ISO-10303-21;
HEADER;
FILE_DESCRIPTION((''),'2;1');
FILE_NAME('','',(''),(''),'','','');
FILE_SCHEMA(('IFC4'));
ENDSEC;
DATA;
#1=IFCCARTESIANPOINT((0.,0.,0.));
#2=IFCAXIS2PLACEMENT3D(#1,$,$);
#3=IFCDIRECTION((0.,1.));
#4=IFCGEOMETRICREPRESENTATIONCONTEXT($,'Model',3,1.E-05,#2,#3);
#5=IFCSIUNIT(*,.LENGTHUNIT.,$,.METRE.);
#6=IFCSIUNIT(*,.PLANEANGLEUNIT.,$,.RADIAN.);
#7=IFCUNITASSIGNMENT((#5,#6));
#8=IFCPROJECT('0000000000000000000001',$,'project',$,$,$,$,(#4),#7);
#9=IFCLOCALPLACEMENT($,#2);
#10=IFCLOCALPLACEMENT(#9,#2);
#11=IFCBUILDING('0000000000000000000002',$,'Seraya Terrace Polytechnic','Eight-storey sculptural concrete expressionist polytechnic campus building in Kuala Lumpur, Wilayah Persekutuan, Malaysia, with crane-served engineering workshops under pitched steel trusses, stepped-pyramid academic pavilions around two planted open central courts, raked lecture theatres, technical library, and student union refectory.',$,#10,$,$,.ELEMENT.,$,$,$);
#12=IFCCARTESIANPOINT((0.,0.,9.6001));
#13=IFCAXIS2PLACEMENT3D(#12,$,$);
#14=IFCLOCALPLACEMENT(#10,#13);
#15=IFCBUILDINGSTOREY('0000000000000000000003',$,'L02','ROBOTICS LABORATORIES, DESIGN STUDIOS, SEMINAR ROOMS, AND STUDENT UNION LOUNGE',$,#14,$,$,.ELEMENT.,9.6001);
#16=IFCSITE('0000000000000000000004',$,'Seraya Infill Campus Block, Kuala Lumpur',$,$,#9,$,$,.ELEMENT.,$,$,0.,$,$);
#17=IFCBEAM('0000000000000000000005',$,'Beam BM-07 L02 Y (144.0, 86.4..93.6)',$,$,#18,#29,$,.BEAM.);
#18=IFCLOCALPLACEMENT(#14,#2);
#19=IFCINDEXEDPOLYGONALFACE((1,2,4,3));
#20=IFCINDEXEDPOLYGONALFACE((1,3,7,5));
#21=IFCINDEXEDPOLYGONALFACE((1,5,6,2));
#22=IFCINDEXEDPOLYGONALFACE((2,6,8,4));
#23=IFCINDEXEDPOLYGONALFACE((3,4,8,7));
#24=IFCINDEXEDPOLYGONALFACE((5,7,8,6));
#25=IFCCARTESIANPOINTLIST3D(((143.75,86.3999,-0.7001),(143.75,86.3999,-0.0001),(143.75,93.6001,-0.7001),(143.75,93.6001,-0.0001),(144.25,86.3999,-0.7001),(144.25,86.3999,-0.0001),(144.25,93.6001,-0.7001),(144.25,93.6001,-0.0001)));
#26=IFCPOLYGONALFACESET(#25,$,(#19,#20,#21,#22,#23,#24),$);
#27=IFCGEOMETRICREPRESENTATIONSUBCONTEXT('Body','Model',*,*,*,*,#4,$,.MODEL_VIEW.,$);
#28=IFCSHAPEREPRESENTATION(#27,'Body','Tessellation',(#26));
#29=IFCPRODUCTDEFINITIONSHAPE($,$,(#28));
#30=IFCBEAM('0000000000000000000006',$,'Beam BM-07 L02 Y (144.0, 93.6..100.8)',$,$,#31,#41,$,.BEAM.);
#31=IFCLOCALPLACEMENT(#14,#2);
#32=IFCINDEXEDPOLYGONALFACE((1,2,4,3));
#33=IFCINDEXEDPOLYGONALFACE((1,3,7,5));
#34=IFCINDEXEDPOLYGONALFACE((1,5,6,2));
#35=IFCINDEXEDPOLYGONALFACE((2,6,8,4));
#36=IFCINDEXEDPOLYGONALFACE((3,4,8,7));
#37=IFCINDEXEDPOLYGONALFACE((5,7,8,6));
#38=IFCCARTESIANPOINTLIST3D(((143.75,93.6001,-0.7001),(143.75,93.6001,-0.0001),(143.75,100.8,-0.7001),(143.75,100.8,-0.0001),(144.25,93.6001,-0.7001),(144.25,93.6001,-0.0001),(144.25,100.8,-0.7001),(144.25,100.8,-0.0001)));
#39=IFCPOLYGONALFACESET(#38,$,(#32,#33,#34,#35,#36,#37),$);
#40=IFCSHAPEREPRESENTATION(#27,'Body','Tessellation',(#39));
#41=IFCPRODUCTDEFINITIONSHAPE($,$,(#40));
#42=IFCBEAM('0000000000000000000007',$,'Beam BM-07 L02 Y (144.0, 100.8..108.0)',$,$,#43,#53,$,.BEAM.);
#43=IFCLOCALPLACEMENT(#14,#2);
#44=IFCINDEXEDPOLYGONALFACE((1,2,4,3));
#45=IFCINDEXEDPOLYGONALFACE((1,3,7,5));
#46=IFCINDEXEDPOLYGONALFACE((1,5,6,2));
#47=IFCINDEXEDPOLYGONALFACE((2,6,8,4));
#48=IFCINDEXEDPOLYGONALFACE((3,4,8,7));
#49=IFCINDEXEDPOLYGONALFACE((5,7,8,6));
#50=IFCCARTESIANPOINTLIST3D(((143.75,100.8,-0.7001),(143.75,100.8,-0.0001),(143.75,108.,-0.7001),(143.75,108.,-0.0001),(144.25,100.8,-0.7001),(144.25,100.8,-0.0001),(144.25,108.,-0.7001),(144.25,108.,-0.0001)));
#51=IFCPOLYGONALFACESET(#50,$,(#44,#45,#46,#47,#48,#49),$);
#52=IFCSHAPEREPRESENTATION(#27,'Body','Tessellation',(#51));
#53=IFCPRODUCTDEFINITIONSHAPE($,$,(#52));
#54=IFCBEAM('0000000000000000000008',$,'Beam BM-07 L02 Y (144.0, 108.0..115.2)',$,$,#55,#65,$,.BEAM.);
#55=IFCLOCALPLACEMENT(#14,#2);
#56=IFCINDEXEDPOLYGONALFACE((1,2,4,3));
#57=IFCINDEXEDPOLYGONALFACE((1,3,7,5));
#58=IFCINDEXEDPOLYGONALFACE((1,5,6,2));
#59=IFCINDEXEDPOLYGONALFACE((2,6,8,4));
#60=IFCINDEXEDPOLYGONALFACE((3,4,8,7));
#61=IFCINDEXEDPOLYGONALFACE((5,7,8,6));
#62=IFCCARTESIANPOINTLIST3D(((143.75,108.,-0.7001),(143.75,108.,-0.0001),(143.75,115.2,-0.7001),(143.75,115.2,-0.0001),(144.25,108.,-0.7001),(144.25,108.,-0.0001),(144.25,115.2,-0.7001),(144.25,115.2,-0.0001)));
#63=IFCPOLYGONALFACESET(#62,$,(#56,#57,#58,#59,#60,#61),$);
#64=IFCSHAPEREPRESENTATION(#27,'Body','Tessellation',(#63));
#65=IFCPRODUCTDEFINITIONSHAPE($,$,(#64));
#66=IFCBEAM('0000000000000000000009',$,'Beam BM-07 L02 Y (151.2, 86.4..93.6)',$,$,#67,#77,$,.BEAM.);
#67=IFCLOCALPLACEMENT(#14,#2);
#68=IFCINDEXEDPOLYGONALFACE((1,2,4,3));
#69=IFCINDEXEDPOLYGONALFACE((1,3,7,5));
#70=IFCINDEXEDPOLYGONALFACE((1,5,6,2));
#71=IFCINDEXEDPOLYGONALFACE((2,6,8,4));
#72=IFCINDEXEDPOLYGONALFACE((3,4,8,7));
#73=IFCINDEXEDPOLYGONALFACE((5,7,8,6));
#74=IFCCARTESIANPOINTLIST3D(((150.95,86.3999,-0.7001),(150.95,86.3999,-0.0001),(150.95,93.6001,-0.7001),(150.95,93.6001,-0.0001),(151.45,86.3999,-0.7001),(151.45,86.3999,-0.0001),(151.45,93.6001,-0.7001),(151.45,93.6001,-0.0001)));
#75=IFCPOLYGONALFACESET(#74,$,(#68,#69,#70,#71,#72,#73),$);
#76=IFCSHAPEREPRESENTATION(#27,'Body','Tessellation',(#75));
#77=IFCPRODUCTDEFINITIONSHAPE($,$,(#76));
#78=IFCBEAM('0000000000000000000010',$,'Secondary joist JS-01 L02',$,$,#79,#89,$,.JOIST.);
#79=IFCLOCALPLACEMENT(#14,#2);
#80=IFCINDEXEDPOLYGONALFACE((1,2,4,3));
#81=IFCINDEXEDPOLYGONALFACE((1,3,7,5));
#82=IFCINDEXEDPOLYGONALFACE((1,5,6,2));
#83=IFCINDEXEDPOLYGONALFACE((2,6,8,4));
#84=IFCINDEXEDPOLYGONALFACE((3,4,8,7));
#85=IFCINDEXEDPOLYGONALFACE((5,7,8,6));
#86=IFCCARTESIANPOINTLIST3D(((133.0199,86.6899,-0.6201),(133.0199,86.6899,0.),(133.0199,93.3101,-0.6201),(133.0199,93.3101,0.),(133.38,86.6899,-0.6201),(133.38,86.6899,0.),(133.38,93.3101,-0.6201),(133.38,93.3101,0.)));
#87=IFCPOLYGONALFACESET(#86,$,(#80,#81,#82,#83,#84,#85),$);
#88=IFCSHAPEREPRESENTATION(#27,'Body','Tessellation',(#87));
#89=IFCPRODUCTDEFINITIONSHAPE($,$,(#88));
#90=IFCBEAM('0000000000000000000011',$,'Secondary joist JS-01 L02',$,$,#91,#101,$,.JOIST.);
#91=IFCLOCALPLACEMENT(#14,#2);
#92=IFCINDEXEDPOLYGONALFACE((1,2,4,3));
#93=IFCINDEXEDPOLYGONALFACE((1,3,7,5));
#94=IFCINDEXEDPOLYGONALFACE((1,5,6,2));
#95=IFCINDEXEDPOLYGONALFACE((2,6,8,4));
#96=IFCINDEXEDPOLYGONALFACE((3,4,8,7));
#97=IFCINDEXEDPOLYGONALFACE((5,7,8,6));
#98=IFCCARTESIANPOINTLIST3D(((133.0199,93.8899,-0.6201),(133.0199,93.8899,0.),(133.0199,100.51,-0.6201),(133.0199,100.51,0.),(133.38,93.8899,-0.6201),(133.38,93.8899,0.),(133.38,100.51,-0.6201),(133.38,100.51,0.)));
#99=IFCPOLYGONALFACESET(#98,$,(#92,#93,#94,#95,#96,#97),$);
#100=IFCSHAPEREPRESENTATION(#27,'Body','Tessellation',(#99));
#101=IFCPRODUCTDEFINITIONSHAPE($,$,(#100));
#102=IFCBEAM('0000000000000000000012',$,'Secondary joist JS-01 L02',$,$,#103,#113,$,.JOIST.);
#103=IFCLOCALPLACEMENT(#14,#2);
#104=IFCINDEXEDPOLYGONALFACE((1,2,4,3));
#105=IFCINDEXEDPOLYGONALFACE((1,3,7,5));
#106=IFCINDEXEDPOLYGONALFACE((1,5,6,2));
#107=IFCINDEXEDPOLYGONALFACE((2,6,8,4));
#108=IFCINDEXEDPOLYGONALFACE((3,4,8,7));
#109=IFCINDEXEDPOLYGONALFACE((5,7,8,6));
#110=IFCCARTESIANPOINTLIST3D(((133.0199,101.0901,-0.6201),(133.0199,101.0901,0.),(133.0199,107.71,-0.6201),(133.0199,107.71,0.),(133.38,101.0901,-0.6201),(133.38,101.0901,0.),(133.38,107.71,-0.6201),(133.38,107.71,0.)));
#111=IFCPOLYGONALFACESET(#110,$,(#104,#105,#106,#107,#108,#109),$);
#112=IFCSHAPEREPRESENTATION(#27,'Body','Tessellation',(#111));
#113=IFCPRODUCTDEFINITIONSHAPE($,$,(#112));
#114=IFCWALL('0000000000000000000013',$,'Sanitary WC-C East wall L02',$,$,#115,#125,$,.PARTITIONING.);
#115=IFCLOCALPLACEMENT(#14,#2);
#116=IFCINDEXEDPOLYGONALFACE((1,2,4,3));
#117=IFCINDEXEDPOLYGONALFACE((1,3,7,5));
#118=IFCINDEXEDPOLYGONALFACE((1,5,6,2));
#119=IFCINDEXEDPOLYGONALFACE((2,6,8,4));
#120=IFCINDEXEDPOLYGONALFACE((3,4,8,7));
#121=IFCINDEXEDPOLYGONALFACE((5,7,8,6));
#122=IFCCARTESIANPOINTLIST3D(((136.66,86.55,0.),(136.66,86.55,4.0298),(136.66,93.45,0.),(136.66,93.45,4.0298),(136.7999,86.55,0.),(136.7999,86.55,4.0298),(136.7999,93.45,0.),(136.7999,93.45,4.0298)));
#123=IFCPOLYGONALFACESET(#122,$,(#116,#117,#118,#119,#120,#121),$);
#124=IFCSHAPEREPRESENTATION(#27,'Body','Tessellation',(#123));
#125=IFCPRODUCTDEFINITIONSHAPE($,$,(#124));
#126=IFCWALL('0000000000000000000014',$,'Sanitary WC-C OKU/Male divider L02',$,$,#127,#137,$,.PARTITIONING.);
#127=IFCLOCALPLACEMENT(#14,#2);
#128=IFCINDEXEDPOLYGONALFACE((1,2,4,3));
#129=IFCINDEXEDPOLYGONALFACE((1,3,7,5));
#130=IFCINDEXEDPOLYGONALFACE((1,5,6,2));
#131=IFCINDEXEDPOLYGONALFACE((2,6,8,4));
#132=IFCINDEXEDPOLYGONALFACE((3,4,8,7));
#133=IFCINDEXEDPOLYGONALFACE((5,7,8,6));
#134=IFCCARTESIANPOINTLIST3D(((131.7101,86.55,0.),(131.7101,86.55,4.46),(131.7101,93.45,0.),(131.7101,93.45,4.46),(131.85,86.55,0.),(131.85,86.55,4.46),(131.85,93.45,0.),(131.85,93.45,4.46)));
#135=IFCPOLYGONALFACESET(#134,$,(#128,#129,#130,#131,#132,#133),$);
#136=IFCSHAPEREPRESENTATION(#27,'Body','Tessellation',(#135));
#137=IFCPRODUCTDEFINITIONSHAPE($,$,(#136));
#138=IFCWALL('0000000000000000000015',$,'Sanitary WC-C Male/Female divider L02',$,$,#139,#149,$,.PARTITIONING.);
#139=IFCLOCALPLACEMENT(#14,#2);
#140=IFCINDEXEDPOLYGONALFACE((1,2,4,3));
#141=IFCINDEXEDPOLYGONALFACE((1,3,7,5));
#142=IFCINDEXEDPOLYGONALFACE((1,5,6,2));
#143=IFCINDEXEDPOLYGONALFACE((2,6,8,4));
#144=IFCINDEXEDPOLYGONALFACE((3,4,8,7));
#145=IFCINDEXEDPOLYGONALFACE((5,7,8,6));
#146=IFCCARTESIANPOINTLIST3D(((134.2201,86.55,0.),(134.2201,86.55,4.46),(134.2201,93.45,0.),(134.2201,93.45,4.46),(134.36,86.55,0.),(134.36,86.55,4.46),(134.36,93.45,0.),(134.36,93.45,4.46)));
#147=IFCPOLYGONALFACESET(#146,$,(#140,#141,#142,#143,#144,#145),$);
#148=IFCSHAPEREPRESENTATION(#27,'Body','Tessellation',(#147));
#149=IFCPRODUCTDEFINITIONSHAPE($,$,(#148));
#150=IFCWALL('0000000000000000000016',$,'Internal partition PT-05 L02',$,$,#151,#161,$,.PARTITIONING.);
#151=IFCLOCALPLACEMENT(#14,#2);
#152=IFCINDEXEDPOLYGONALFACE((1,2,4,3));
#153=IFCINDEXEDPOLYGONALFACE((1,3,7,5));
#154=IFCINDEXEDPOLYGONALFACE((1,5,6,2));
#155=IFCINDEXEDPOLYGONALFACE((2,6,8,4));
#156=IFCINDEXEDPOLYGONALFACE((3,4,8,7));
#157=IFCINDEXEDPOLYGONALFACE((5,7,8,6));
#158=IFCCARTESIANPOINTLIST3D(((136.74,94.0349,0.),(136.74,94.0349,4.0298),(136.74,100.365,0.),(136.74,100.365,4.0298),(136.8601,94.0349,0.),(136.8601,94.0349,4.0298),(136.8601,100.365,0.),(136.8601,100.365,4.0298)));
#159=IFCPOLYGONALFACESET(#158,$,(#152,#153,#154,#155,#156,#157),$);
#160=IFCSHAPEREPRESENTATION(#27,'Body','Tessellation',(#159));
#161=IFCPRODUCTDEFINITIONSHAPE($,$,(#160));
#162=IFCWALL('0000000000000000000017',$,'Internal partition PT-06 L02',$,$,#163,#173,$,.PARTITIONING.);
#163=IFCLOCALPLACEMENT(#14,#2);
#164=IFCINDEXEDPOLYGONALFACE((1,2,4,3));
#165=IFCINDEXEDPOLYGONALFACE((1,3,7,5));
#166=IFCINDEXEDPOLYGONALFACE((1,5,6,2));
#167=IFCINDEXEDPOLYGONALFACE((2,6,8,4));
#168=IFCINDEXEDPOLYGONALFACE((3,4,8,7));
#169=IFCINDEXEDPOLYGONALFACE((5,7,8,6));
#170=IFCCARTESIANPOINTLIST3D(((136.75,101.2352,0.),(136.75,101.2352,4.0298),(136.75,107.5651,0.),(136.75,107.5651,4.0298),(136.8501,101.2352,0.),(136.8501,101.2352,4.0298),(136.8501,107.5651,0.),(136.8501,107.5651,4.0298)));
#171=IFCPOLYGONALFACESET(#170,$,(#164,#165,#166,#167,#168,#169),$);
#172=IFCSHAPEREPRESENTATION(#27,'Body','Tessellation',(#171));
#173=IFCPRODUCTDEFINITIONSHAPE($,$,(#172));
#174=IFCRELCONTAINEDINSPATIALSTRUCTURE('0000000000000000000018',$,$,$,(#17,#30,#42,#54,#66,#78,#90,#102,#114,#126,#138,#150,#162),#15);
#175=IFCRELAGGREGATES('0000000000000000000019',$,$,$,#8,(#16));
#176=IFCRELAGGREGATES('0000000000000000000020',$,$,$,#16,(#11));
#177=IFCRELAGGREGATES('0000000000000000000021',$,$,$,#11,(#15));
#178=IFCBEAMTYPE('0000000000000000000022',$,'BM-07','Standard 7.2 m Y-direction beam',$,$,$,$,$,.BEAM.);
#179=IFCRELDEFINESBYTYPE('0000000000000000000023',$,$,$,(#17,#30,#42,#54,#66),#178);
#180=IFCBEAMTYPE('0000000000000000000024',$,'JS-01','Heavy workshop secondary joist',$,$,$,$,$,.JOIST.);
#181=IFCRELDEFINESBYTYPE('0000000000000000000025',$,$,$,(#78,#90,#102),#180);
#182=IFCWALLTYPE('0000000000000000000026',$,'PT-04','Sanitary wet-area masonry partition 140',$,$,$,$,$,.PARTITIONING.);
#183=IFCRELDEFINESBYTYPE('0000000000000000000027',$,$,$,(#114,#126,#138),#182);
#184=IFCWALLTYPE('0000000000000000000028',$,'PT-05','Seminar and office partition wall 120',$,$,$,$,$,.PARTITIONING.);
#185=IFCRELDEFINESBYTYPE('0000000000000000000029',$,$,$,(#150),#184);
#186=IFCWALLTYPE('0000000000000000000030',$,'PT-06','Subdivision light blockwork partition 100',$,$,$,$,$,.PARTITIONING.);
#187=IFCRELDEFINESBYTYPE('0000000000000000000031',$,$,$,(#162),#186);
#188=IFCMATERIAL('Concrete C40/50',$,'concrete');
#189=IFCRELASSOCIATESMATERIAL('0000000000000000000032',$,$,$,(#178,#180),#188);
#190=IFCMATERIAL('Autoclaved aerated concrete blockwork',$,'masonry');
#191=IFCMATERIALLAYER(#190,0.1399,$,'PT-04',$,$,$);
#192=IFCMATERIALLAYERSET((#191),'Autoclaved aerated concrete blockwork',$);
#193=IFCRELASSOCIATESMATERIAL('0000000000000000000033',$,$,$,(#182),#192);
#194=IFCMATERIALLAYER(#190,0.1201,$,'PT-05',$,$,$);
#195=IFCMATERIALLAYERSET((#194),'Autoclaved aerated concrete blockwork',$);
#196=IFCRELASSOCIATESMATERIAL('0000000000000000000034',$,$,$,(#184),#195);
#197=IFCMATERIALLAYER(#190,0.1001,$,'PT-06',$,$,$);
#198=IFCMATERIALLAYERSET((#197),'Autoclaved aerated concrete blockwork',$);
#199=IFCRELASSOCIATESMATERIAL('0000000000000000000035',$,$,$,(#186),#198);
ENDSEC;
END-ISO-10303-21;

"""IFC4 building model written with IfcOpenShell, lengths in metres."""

from ifc_helpers import new_model, si_unit, direction, frame, frame_2d, origin, origin_2d, place, context, subcontext, project, spatial, rectangle, extrude, material, layer, layer_set, material_profile, profile_set, type_object, element, save


model = new_model("IFC4")

# Units and contexts
model_context = context("Model", 3, precision=1e-05, world=origin(), true_north=direction((0.0, 1.0)))
body_context = subcontext(model_context, "Body", "Model", "MODEL_VIEW")
ifc_project = project(units=[si_unit("LENGTHUNIT", "METRE"), si_unit("PLANEANGLEUNIT", "RADIAN")], contexts=[model_context])

# Site, building, storey
site_placement = place(None, origin())
site = spatial("IfcSite", under=ifc_project, at=site_placement, Name="Seraya Infill Campus Block, Kuala Lumpur", CompositionType="ELEMENT", RefElevation=0.0)
building_placement = place(site_placement, origin())
building = spatial("IfcBuilding", under=site, at=building_placement, Name="Seraya Terrace Polytechnic", Description="Eight-storey sculptural concrete expressionist polytechnic campus building in Kuala Lumpur, Wilayah Persekutuan, Malaysia, with crane-served engineering workshops under pitched steel trusses, stepped-pyramid academic pavilions around two planted open central courts, raked lecture theatres, technical library, and student union refectory.", CompositionType="ELEMENT")
storey_placement = place(building_placement, frame((0.0, 0.0, 9.6001)))
storey = spatial("IfcBuildingStorey", under=building, at=storey_placement, Name="L02", Description="ROBOTICS LABORATORIES, DESIGN STUDIOS, SEMINAR ROOMS, AND STUDENT UNION LOUNGE", CompositionType="ELEMENT", Elevation=9.6001)

# Shared definitions
ifc_material_1 = material(Name="Concrete C40/50", Category="concrete")

# Beams
ifc_material_profile_1 = material_profile(ifc_material_1, rectangle(XDim=0.5, YDim=0.7, at=origin_2d()), Name="RC 500x700")
ifc_profile_set_1 = profile_set([ifc_material_profile_1], Name="Concrete C40/50")
beam_type_1 = type_object("IfcBeamType", Name="BM-07", Description="Standard 7.2 m Y-direction beam", PredefinedType="BEAM", material=ifc_profile_set_1)
beam_1_placement = place(storey_placement, frame((144.0, 86.3999, -0.3501), z_axis=(0.0, 1.0, 0.0), x_axis=(-1.0, 0.0, 0.0)))
element("IfcBeam", 1, at=beam_1_placement, inside=storey, type_object=beam_type_1, Name="Beam BM-07 L02 Y (144.0, 86.4..93.6)", PredefinedType="BEAM", context=body_context, shape_type="SweptSolid", body=[
    extrude(rectangle(XDim=0.5, YDim=0.7, at=origin_2d()), origin(), (0.0, 0.0, 1.0), 7.2002),
])
for number, where, z_axis, x_axis, name in (
    (2, (144.0, 93.6001, -0.3501), (0.0, 1.0, 0.0), (-1.0, 0.0, 0.0), "Beam BM-07 L02 Y (144.0, 93.6..100.8)"),
    (3, (144.0, 100.8, -0.3501), (0.0, 1.0, 0.0), (-1.0, 0.0, 0.0), "Beam BM-07 L02 Y (144.0, 100.8..108.0)"),
    (4, (144.0, 108.0, -0.3501), (0.0, 1.0, 0.0), (-1.0, 0.0, 0.0), "Beam BM-07 L02 Y (144.0, 108.0..115.2)"),
):
    element("IfcBeam", number, at=place(storey_placement, frame(where, z_axis=z_axis, x_axis=x_axis)), inside=storey, type_object=beam_type_1, Name=name, PredefinedType="BEAM", context=body_context, shape_type="SweptSolid", body=[
        extrude(rectangle(XDim=0.5, YDim=0.7, at=origin_2d()), origin(), (0.0, 0.0, 1.0), 7.2),
    ])
beam_2_placement = place(storey_placement, frame((151.2, 86.3999, -0.3501), z_axis=(0.0, 1.0, 0.0), x_axis=(-1.0, 0.0, 0.0)))
element("IfcBeam", 5, at=beam_2_placement, inside=storey, type_object=beam_type_1, Name="Beam BM-07 L02 Y (151.2, 86.4..93.6)", PredefinedType="BEAM", context=body_context, shape_type="SweptSolid", body=[
    extrude(rectangle(XDim=0.5, YDim=0.7, at=origin_2d()), origin(), (0.0, 0.0, 1.0), 7.2002),
])
ifc_material_profile_2 = material_profile(ifc_material_1, rectangle(XDim=0.3601, YDim=0.6201, at=origin_2d()), Name="RC 360x620")
ifc_profile_set_2 = profile_set([ifc_material_profile_2], Name="Concrete C40/50")
beam_type_2 = type_object("IfcBeamType", Name="JS-01", Description="Heavy workshop secondary joist", PredefinedType="JOIST", material=ifc_profile_set_2)
for number, where, z_axis, x_axis, name in (
    (6, (133.2, 86.6899, -0.3101), (0.0, 1.0, 0.0), (-1.0, 0.0, 0.0), "Secondary joist JS-01 L02"),
    (7, (133.2, 93.8899, -0.3101), (0.0, 1.0, 0.0), (-1.0, 0.0, 0.0), "Secondary joist JS-01 L02"),
):
    element("IfcBeam", number, at=place(storey_placement, frame(where, z_axis=z_axis, x_axis=x_axis)), inside=storey, type_object=beam_type_2, Name=name, PredefinedType="JOIST", context=body_context, shape_type="SweptSolid", body=[
        extrude(rectangle(XDim=0.3601, YDim=0.6201, at=origin_2d()), origin(), (0.0, 0.0, 1.0), 6.6201),
    ])
beam_3_placement = place(storey_placement, frame((133.2, 101.0901, -0.3101), z_axis=(0.0, 1.0, 0.0), x_axis=(-1.0, 0.0, 0.0)))
element("IfcBeam", 8, at=beam_3_placement, inside=storey, type_object=beam_type_2, Name="Secondary joist JS-01 L02", PredefinedType="JOIST", context=body_context, shape_type="SweptSolid", body=[
    extrude(rectangle(XDim=0.3601, YDim=0.6201, at=origin_2d()), origin(), (0.0, 0.0, 1.0), 6.6199),
])

# Walls
ifc_material_2 = material(Name="Autoclaved aerated concrete blockwork", Category="masonry")
ifc_layer_1 = layer(ifc_material_2, 0.1399, Name="PT-04")
ifc_layer_set_1 = layer_set([ifc_layer_1], Name="Autoclaved aerated concrete blockwork")
wall_type_1 = type_object("IfcWallType", Name="PT-04", Description="Sanitary wet-area masonry partition 140", PredefinedType="PARTITIONING", material=ifc_layer_set_1)
wall_1_placement = place(storey_placement, frame((136.73, 86.55, 0.0), z_axis=(0.0, 0.0, 1.0), x_axis=(0.0, 1.0, 0.0)))
element("IfcWall", 9, at=wall_1_placement, inside=storey, type_object=wall_type_1, Name="Sanitary WC-C East wall L02", PredefinedType="PARTITIONING", context=body_context, shape_type="SweptSolid", body=[
    extrude(rectangle(XDim=6.8999, YDim=0.1399, at=frame_2d((3.45, 0.0))), origin(), (0.0, 0.0, 1.0), 4.0298),
])
for number, where, z_axis, x_axis, name in (
    (10, (131.78, 86.55, 0.0), (0.0, 0.0, 1.0), (0.0, 1.0, 0.0), "Sanitary WC-C OKU/Male divider L02"),
    (11, (134.29, 86.55, 0.0), (0.0, 0.0, 1.0), (0.0, 1.0, 0.0), "Sanitary WC-C Male/Female divider L02"),
):
    element("IfcWall", number, at=place(storey_placement, frame(where, z_axis=z_axis, x_axis=x_axis)), inside=storey, type_object=wall_type_1, Name=name, PredefinedType="PARTITIONING", context=body_context, shape_type="SweptSolid", body=[
        extrude(rectangle(XDim=6.8999, YDim=0.1399, at=frame_2d((3.45, 0.0))), origin(), (0.0, 0.0, 1.0), 4.46),
    ])
ifc_layer_2 = layer(ifc_material_2, 0.1201, Name="PT-05")
ifc_layer_set_2 = layer_set([ifc_layer_2], Name="Autoclaved aerated concrete blockwork")
wall_type_2 = type_object("IfcWallType", Name="PT-05", Description="Seminar and office partition wall 120", PredefinedType="PARTITIONING", material=ifc_layer_set_2)
wall_2_placement = place(storey_placement, frame((136.8, 94.0349, 0.0), z_axis=(0.0, 0.0, 1.0), x_axis=(0.0, 1.0, 0.0)))
element("IfcWall", 12, at=wall_2_placement, inside=storey, type_object=wall_type_2, Name="Internal partition PT-05 L02", PredefinedType="PARTITIONING", context=body_context, shape_type="SweptSolid", body=[
    extrude(rectangle(XDim=6.3301, YDim=0.1201, at=frame_2d((3.165, 0.0))), origin(), (0.0, 0.0, 1.0), 4.0298),
])
ifc_layer_3 = layer(ifc_material_2, 0.1001, Name="PT-06")
ifc_layer_set_3 = layer_set([ifc_layer_3], Name="Autoclaved aerated concrete blockwork")
wall_type_3 = type_object("IfcWallType", Name="PT-06", Description="Subdivision light blockwork partition 100", PredefinedType="PARTITIONING", material=ifc_layer_set_3)
wall_3_placement = place(storey_placement, frame((136.8, 101.2351, 0.0), z_axis=(0.0, 0.0, 1.0), x_axis=(0.0, 1.0, 0.0)))
element("IfcWall", 13, at=wall_3_placement, inside=storey, type_object=wall_type_3, Name="Internal partition PT-06 L02", PredefinedType="PARTITIONING", context=body_context, shape_type="SweptSolid", body=[
    extrude(rectangle(XDim=6.3298, YDim=0.1001, at=frame_2d((3.165, 0.0))), origin(), (0.0, 0.0, 1.0), 4.0298),
])

save(model, "model.ifc")
